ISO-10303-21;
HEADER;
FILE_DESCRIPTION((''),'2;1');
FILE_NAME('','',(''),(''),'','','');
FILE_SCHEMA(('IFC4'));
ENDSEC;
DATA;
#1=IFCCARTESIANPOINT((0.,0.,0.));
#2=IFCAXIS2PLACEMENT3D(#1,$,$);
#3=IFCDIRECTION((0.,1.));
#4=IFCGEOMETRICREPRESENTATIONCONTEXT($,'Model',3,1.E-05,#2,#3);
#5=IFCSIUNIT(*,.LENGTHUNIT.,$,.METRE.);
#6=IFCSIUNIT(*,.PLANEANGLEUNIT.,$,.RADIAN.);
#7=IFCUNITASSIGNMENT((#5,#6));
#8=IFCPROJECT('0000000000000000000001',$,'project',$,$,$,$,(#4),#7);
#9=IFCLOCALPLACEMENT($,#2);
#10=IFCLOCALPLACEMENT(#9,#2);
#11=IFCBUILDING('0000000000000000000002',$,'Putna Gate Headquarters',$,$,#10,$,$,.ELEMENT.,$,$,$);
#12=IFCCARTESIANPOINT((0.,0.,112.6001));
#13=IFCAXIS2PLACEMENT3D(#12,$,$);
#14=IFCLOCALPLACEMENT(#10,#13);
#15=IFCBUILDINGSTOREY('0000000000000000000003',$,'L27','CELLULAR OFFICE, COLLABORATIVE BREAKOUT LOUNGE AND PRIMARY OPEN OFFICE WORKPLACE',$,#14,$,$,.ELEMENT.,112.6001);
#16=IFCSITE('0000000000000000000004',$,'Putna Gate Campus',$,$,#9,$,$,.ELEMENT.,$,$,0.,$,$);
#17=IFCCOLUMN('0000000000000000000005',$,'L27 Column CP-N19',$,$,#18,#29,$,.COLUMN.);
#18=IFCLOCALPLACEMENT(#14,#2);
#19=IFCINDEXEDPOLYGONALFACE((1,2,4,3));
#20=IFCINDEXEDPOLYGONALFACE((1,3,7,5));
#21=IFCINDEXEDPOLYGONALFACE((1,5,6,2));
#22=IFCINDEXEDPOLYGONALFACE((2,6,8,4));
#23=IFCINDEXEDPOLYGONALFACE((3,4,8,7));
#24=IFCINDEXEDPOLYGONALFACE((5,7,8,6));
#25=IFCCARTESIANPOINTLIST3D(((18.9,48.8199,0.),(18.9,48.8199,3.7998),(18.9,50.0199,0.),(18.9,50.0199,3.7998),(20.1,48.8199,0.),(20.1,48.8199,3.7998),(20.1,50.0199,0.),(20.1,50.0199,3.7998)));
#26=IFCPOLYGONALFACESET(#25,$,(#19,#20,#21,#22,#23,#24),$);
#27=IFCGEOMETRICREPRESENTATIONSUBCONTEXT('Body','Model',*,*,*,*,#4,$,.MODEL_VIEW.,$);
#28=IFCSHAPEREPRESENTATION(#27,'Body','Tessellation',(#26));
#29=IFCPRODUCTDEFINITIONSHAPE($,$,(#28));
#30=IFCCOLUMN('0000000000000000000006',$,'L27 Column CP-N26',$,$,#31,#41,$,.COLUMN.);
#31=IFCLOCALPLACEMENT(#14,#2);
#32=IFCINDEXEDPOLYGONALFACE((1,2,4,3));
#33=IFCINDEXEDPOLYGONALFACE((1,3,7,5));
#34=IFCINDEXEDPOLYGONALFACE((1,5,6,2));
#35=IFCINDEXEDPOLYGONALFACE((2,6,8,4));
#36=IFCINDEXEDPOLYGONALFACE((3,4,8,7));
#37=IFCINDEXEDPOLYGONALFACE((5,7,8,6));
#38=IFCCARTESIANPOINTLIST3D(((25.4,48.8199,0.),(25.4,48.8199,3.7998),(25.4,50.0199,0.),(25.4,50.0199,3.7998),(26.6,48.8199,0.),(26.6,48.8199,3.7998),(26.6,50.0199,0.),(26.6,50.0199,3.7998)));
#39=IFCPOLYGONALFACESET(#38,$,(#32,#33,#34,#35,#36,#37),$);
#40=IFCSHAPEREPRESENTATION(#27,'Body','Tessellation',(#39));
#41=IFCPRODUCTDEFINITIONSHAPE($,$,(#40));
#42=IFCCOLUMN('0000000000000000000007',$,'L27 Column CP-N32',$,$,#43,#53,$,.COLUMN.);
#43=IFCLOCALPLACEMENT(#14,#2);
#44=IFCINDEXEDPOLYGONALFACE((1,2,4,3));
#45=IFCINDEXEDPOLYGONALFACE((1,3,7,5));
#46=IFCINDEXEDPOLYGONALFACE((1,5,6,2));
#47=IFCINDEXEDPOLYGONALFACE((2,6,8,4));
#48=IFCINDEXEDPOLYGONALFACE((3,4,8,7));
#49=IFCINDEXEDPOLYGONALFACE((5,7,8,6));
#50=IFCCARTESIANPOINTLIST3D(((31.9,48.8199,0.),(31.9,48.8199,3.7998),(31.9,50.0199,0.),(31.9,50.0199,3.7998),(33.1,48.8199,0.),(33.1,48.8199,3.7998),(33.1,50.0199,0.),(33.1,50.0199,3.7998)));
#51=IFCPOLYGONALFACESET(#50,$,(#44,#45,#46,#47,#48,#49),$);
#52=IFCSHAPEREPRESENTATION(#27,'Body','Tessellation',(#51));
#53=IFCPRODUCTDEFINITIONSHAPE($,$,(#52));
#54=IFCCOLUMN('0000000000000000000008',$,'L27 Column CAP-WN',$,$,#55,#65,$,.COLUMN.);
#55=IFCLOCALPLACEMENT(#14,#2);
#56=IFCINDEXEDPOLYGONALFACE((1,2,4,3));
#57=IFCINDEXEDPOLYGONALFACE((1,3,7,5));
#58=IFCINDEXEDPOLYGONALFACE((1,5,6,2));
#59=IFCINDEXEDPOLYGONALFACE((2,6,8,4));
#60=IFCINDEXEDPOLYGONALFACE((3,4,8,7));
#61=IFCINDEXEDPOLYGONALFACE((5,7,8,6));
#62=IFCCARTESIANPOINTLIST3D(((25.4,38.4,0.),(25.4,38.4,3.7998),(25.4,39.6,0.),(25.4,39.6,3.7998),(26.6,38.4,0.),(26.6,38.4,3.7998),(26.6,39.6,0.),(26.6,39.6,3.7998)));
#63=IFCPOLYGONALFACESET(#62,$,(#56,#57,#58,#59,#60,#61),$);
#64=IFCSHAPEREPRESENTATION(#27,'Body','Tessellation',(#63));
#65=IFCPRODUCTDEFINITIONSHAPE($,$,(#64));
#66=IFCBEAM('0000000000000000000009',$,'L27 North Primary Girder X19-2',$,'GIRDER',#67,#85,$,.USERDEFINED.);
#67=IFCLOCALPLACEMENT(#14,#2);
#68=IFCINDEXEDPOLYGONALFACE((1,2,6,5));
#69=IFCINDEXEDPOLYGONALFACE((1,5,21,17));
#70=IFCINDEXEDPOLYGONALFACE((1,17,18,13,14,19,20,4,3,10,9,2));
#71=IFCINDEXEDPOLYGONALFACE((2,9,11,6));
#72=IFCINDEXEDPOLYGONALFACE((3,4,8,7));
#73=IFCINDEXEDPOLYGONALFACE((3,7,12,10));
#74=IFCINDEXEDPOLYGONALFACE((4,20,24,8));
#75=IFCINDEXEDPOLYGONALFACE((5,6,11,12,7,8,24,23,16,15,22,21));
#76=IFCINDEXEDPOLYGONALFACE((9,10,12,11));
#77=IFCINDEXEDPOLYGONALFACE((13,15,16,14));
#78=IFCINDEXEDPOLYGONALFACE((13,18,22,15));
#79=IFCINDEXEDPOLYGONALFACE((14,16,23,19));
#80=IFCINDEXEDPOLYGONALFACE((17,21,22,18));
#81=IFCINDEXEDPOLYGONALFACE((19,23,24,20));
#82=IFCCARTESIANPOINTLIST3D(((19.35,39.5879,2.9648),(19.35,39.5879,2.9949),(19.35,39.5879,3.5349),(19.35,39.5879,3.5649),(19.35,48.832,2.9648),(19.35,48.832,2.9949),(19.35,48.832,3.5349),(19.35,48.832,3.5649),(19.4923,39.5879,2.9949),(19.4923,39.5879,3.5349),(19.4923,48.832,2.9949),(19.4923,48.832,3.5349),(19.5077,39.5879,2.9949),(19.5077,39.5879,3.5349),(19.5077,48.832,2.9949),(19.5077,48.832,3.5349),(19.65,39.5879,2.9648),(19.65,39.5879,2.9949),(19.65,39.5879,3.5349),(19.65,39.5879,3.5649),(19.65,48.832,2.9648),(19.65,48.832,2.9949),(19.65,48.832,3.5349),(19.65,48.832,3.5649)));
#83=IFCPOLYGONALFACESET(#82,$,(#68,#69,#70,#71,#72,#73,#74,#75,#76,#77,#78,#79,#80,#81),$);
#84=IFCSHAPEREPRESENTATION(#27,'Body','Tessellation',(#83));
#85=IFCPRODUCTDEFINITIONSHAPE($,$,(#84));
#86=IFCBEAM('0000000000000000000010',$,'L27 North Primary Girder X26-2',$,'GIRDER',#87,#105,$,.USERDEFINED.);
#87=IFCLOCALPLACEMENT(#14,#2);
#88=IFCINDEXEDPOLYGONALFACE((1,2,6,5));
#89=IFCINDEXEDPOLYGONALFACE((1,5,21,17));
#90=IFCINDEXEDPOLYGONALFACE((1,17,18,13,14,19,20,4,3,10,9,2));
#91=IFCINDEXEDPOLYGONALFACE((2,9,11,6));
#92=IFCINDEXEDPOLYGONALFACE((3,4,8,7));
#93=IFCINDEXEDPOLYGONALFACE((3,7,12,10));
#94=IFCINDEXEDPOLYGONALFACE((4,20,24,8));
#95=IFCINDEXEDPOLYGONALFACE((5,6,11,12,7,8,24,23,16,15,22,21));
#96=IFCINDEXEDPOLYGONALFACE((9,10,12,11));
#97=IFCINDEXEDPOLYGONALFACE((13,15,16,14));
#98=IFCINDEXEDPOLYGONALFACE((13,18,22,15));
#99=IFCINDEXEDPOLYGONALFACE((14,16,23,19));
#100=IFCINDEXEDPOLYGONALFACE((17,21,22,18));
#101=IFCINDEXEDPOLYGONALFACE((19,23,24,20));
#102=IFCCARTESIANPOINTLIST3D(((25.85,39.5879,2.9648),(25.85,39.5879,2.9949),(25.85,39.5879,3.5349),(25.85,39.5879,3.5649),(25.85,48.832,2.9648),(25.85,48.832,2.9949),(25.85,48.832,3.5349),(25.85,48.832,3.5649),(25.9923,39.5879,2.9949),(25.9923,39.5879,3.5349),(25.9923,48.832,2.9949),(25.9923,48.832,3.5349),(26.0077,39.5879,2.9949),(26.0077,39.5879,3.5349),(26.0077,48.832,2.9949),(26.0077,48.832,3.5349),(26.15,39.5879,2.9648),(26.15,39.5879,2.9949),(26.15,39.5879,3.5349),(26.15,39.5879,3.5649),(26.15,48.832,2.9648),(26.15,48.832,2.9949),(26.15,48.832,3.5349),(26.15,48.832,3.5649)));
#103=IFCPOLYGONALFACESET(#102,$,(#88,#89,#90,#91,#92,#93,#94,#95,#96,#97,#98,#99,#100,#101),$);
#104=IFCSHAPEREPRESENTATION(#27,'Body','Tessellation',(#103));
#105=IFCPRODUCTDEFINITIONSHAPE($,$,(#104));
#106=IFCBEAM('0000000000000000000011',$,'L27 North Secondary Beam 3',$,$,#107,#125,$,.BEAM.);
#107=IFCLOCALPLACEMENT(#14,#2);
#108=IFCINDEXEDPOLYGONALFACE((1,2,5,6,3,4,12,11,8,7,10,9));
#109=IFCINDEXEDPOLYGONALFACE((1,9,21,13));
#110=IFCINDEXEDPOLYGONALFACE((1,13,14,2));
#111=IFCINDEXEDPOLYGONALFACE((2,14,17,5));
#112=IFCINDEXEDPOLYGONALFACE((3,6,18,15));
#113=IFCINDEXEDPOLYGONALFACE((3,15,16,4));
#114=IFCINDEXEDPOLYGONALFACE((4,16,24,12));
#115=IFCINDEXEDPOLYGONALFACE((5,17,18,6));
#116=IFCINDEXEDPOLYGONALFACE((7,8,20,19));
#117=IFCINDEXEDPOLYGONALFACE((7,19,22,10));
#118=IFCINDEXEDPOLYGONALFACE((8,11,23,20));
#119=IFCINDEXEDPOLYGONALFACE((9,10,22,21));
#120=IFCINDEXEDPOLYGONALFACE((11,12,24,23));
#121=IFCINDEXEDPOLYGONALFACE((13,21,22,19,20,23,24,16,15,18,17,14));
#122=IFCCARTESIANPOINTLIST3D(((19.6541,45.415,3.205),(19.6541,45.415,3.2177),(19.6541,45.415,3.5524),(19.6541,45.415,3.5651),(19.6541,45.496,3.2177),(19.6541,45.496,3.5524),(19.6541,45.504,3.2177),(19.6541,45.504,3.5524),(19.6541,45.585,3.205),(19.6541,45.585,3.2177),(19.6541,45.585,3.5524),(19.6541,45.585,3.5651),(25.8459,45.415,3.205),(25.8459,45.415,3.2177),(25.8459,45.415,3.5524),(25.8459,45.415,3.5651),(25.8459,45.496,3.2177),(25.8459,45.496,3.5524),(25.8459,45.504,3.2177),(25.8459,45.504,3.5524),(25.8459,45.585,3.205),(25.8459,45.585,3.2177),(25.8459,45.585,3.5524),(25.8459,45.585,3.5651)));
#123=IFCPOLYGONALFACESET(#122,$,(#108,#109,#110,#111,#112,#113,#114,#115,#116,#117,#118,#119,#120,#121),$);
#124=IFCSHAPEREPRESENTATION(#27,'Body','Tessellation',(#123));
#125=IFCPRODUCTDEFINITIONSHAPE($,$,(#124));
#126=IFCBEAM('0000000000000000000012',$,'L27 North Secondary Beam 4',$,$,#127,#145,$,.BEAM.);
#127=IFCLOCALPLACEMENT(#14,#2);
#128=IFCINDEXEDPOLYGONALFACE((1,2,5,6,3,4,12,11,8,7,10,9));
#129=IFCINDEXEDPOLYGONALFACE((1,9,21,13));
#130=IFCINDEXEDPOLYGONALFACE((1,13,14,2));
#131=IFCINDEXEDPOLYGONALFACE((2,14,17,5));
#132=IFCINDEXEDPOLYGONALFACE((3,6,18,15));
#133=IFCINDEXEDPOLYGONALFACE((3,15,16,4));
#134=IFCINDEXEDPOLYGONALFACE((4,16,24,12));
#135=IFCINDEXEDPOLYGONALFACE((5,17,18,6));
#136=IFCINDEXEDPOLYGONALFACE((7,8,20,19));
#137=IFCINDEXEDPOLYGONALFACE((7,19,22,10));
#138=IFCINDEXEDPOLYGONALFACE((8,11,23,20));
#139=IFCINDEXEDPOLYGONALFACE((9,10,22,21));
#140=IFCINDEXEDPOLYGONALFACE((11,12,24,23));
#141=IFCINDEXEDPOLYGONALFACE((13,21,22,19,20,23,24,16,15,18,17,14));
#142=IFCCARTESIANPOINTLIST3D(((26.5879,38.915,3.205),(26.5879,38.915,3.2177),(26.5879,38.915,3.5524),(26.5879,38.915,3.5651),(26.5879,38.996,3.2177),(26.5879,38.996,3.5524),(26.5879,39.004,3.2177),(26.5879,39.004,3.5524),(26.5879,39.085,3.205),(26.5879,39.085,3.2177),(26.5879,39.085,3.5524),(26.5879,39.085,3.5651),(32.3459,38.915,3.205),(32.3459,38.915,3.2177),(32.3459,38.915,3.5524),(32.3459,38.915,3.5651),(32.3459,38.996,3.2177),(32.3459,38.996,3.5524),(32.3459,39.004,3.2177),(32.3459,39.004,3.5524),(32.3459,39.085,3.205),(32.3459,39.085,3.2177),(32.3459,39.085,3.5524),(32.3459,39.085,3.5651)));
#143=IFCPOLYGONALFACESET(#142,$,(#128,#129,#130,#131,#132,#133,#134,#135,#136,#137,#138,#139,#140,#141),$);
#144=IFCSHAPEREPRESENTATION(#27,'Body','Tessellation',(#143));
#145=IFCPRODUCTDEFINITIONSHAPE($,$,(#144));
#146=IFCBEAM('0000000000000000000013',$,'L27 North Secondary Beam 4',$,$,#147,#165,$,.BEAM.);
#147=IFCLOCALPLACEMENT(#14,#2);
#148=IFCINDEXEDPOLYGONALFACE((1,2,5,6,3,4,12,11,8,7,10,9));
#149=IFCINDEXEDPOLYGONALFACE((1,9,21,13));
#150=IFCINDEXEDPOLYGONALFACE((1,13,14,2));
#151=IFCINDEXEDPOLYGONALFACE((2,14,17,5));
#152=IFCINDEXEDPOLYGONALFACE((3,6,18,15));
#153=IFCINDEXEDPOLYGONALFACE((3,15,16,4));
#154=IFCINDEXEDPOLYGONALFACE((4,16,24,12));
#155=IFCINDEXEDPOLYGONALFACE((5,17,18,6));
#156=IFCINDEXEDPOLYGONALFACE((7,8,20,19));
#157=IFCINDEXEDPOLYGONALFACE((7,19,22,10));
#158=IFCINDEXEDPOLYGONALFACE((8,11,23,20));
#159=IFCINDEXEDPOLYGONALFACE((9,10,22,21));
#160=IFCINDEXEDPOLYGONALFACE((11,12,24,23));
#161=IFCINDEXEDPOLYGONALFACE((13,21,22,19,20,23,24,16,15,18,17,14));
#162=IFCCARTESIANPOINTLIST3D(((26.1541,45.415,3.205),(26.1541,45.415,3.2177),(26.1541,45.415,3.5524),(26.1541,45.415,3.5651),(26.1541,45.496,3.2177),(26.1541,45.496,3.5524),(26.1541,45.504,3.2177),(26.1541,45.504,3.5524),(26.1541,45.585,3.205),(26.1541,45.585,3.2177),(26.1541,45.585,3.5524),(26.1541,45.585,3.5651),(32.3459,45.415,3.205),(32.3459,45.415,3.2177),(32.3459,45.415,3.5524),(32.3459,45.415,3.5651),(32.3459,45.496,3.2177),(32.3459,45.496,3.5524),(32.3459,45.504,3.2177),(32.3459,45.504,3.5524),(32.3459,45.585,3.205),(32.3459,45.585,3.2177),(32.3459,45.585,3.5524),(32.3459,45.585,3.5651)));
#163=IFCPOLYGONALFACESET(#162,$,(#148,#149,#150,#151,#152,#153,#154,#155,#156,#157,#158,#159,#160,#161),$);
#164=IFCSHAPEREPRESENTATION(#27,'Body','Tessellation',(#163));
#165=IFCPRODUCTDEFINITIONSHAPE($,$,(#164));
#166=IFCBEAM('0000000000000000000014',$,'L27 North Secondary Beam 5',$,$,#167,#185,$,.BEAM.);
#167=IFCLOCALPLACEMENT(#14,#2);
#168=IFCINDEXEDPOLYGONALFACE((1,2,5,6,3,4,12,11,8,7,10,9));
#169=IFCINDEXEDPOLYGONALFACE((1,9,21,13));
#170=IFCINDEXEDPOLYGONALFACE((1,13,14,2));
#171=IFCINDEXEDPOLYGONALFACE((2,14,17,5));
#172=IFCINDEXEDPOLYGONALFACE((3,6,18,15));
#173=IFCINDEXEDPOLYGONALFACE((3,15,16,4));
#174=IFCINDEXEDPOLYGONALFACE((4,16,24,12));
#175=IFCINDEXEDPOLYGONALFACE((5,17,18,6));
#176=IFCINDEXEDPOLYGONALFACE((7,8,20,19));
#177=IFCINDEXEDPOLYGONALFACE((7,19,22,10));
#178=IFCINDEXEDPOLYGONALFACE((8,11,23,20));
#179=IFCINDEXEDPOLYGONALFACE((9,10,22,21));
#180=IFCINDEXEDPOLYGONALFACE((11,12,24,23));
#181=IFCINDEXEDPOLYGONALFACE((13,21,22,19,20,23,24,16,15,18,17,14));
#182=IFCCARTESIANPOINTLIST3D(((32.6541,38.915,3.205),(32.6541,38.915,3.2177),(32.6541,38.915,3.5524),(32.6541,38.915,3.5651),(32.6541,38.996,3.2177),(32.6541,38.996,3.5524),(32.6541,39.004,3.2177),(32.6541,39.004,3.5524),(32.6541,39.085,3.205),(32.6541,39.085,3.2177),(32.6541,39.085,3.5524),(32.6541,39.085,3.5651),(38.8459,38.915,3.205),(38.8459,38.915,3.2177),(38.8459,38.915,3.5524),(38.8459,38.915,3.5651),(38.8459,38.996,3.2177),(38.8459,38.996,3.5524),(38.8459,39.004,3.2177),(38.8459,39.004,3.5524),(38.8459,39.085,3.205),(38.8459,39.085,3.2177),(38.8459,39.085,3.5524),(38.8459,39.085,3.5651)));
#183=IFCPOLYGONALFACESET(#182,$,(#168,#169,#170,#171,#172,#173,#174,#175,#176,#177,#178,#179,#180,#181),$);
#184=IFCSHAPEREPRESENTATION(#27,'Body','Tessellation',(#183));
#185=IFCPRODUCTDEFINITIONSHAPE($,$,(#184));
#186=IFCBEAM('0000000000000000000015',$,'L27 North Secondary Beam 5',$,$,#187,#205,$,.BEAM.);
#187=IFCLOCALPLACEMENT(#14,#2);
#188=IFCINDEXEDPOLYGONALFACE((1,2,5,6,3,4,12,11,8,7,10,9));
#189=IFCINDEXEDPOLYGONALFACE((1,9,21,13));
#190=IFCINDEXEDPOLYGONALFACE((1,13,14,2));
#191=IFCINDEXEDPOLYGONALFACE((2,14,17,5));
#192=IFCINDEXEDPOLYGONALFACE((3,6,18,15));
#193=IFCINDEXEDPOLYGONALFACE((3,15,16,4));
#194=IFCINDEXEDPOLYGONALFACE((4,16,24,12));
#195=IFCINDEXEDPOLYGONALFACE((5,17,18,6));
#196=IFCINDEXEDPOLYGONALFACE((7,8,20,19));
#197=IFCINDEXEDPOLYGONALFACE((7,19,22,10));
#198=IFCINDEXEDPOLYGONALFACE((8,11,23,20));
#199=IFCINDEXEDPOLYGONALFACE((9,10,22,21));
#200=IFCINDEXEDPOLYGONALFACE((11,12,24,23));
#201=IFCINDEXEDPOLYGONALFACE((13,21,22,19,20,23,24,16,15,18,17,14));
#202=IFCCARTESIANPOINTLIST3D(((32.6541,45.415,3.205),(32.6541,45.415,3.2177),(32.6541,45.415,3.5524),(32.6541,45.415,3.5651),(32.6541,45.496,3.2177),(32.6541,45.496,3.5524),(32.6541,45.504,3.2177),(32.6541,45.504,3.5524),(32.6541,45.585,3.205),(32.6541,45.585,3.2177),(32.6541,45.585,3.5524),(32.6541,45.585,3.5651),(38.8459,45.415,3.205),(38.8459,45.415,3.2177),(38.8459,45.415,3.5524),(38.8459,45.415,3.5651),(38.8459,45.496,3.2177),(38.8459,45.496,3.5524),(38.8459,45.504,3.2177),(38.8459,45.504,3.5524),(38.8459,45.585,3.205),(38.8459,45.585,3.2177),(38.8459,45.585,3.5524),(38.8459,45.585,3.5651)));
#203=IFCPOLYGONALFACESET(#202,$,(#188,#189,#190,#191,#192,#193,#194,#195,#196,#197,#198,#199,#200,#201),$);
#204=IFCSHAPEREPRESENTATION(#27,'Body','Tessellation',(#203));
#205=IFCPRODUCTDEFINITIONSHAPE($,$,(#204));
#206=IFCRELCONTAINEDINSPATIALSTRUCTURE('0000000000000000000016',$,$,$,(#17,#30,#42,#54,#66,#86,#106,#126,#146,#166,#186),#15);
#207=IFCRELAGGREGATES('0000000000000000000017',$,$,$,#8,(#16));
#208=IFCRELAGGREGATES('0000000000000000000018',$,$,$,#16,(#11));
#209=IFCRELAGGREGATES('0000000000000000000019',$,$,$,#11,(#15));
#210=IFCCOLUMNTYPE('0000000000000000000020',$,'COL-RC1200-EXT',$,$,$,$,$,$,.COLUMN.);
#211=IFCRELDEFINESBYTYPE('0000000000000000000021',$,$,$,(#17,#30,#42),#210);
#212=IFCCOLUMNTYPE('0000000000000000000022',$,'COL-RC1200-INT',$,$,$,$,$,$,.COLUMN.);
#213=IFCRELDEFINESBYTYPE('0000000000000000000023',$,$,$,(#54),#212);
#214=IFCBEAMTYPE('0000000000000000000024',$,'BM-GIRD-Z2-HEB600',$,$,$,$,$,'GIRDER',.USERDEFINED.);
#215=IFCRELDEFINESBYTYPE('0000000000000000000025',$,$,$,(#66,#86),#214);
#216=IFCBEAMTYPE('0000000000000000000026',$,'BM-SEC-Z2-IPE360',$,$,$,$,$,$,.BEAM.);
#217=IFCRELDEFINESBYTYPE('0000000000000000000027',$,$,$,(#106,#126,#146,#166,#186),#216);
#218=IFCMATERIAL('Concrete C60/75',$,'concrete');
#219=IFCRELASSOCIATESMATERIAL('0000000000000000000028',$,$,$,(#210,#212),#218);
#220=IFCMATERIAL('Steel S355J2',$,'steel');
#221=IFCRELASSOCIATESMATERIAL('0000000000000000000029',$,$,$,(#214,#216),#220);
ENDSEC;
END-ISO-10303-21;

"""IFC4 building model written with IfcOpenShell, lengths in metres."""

from ifc_helpers import new_model, si_unit, direction, frame, origin, origin_2d, place, context, subcontext, project, spatial, rectangle, i_section, extrude, material, material_profile, profile_set, type_object, element, save


model = new_model("IFC4")

# Units and contexts
model_context = context("Model", 3, precision=1e-05, world=origin(), true_north=direction((0.0, 1.0)))
body_context = subcontext(model_context, "Body", "Model", "MODEL_VIEW")
ifc_project = project(units=[si_unit("LENGTHUNIT", "METRE"), si_unit("PLANEANGLEUNIT", "RADIAN")], contexts=[model_context])

# Site, building, storey
site_placement = place(None, origin())
site = spatial("IfcSite", under=ifc_project, at=site_placement, Name="Putna Gate Campus", CompositionType="ELEMENT", RefElevation=0.0)
building_placement = place(site_placement, origin())
building = spatial("IfcBuilding", under=site, at=building_placement, Name="Putna Gate Headquarters", CompositionType="ELEMENT")
storey_placement = place(building_placement, frame((0.0, 0.0, 112.6001)))
storey = spatial("IfcBuildingStorey", under=building, at=storey_placement, Name="L27", Description="CELLULAR OFFICE, COLLABORATIVE BREAKOUT LOUNGE AND PRIMARY OPEN OFFICE WORKPLACE", CompositionType="ELEMENT", Elevation=112.6001)

# Columns
ifc_material_1 = material(Name="Concrete C60/75", Category="concrete")
ifc_material_profile_1 = material_profile(ifc_material_1, rectangle(XDim=1.2, YDim=1.2, at=origin_2d()), Name="Concrete C60/75")
ifc_profile_set_1 = profile_set([ifc_material_profile_1], Name="Concrete C60/75")
column_type_1 = type_object("IfcColumnType", Name="COL-RC1200-EXT", PredefinedType="COLUMN", material=ifc_profile_set_1)
for number, where, z_axis, x_axis, name in (
    (1, (19.5, 49.4199, 0.0), (0.0, 0.0, 1.0), (1.0, 0.0, 0.0), "L27 Column CP-N19"),
    (2, (26.0, 49.4199, 0.0), (0.0, 0.0, 1.0), (1.0, 0.0, 0.0), "L27 Column CP-N26"),
    (3, (32.5, 49.4199, 0.0), (0.0, 0.0, 1.0), (1.0, 0.0, 0.0), "L27 Column CP-N32"),
):
    element("IfcColumn", number, at=place(storey_placement, frame(where, z_axis=z_axis, x_axis=x_axis)), inside=storey, type_object=column_type_1, Name=name, PredefinedType="COLUMN", context=body_context, shape_type="SweptSolid", body=[
        extrude(rectangle(XDim=1.2, YDim=1.2, at=origin_2d()), origin(), (0.0, 0.0, 1.0), 3.7998),
    ])
ifc_material_profile_2 = material_profile(ifc_material_1, rectangle(XDim=1.2, YDim=1.2, at=origin_2d()), Name="Concrete C60/75")
ifc_profile_set_2 = profile_set([ifc_material_profile_2], Name="Concrete C60/75")
column_type_2 = type_object("IfcColumnType", Name="COL-RC1200-INT", PredefinedType="COLUMN", material=ifc_profile_set_2)
column_placement = place(storey_placement, frame((26.0, 39.0, 0.0), z_axis=(0.0, 0.0, 1.0), x_axis=(1.0, 0.0, 0.0)))
element("IfcColumn", 4, at=column_placement, inside=storey, type_object=column_type_2, Name="L27 Column CAP-WN", PredefinedType="COLUMN", context=body_context, shape_type="SweptSolid", body=[
    extrude(rectangle(XDim=1.2, YDim=1.2, at=origin_2d()), origin(), (0.0, 0.0, 1.0), 3.7998),
])

# Beams
ifc_material_2 = material(Name="Steel S355J2", Category="steel")
ifc_material_profile_3 = material_profile(ifc_material_2, i_section(OverallWidth=0.3, OverallDepth=0.6001, WebThickness=0.0154, FlangeThickness=0.03, at=origin_2d()), Name="Steel S355J2")
ifc_profile_set_3 = profile_set([ifc_material_profile_3], Name="Steel S355J2")
beam_type_1 = type_object("IfcBeamType", Name="BM-GIRD-Z2-HEB600", ElementType="GIRDER", PredefinedType="USERDEFINED", material=ifc_profile_set_3)
for number, where, z_axis, x_axis, name in (
    (5, (19.5, 39.5879, 3.2649), (0.0, 1.0, 0.0), (-1.0, 0.0, 0.0), "L27 North Primary Girder X19-2"),
    (6, (26.0, 39.5879, 3.2649), (0.0, 1.0, 0.0), (-1.0, 0.0, 0.0), "L27 North Primary Girder X26-2"),
):
    element("IfcBeam", number, at=place(storey_placement, frame(where, z_axis=z_axis, x_axis=x_axis)), inside=storey, type_object=beam_type_1, Name=name, ObjectType="GIRDER", PredefinedType="USERDEFINED", context=body_context, shape_type="SweptSolid", body=[
        extrude(i_section(OverallWidth=0.3, OverallDepth=0.6001, WebThickness=0.0154, FlangeThickness=0.03, at=origin_2d()), origin(), (0.0, 0.0, 1.0), 9.2441),
    ])
ifc_material_profile_4 = material_profile(ifc_material_2, i_section(OverallWidth=0.1699, OverallDepth=0.3601, WebThickness=0.0081, FlangeThickness=0.0127, at=origin_2d()), Name="Steel S355J2")
ifc_profile_set_4 = profile_set([ifc_material_profile_4], Name="Steel S355J2")
beam_type_2 = type_object("IfcBeamType", Name="BM-SEC-Z2-IPE360", PredefinedType="BEAM", material=ifc_profile_set_4)
beam_1_placement = place(storey_placement, frame((19.6541, 45.5, 3.385), z_axis=(1.0, 0.0, 0.0), x_axis=(0.0, 1.0, 0.0)))
element("IfcBeam", 7, at=beam_1_placement, inside=storey, type_object=beam_type_2, Name="L27 North Secondary Beam 3", PredefinedType="BEAM", context=body_context, shape_type="SweptSolid", body=[
    extrude(i_section(OverallWidth=0.1699, OverallDepth=0.3601, WebThickness=0.0081, FlangeThickness=0.0127, at=origin_2d()), origin(), (0.0, 0.0, 1.0), 6.1919),
])
beam_2_placement = place(storey_placement, frame((26.5879, 39.0, 3.385), z_axis=(1.0, 0.0, 0.0), x_axis=(0.0, 1.0, 0.0)))
element("IfcBeam", 8, at=beam_2_placement, inside=storey, type_object=beam_type_2, Name="L27 North Secondary Beam 4", PredefinedType="BEAM", context=body_context, shape_type="SweptSolid", body=[
    extrude(i_section(OverallWidth=0.1699, OverallDepth=0.3601, WebThickness=0.0081, FlangeThickness=0.0127, at=origin_2d()), origin(), (0.0, 0.0, 1.0), 5.7581),
])
for number, where, z_axis, x_axis, name in (
    (9, (26.1541, 45.5, 3.385), (1.0, 0.0, 0.0), (0.0, 1.0, 0.0), "L27 North Secondary Beam 4"),
    (10, (32.6541, 39.0, 3.385), (1.0, 0.0, 0.0), (0.0, 1.0, 0.0), "L27 North Secondary Beam 5"),
    (11, (32.6541, 45.5, 3.385), (1.0, 0.0, 0.0), (0.0, 1.0, 0.0), "L27 North Secondary Beam 5"),
):
    element("IfcBeam", number, at=place(storey_placement, frame(where, z_axis=z_axis, x_axis=x_axis)), inside=storey, type_object=beam_type_2, Name=name, PredefinedType="BEAM", context=body_context, shape_type="SweptSolid", body=[
        extrude(i_section(OverallWidth=0.1699, OverallDepth=0.3601, WebThickness=0.0081, FlangeThickness=0.0127, at=origin_2d()), origin(), (0.0, 0.0, 1.0), 6.1919),
    ])

save(model, "model.ifc")
